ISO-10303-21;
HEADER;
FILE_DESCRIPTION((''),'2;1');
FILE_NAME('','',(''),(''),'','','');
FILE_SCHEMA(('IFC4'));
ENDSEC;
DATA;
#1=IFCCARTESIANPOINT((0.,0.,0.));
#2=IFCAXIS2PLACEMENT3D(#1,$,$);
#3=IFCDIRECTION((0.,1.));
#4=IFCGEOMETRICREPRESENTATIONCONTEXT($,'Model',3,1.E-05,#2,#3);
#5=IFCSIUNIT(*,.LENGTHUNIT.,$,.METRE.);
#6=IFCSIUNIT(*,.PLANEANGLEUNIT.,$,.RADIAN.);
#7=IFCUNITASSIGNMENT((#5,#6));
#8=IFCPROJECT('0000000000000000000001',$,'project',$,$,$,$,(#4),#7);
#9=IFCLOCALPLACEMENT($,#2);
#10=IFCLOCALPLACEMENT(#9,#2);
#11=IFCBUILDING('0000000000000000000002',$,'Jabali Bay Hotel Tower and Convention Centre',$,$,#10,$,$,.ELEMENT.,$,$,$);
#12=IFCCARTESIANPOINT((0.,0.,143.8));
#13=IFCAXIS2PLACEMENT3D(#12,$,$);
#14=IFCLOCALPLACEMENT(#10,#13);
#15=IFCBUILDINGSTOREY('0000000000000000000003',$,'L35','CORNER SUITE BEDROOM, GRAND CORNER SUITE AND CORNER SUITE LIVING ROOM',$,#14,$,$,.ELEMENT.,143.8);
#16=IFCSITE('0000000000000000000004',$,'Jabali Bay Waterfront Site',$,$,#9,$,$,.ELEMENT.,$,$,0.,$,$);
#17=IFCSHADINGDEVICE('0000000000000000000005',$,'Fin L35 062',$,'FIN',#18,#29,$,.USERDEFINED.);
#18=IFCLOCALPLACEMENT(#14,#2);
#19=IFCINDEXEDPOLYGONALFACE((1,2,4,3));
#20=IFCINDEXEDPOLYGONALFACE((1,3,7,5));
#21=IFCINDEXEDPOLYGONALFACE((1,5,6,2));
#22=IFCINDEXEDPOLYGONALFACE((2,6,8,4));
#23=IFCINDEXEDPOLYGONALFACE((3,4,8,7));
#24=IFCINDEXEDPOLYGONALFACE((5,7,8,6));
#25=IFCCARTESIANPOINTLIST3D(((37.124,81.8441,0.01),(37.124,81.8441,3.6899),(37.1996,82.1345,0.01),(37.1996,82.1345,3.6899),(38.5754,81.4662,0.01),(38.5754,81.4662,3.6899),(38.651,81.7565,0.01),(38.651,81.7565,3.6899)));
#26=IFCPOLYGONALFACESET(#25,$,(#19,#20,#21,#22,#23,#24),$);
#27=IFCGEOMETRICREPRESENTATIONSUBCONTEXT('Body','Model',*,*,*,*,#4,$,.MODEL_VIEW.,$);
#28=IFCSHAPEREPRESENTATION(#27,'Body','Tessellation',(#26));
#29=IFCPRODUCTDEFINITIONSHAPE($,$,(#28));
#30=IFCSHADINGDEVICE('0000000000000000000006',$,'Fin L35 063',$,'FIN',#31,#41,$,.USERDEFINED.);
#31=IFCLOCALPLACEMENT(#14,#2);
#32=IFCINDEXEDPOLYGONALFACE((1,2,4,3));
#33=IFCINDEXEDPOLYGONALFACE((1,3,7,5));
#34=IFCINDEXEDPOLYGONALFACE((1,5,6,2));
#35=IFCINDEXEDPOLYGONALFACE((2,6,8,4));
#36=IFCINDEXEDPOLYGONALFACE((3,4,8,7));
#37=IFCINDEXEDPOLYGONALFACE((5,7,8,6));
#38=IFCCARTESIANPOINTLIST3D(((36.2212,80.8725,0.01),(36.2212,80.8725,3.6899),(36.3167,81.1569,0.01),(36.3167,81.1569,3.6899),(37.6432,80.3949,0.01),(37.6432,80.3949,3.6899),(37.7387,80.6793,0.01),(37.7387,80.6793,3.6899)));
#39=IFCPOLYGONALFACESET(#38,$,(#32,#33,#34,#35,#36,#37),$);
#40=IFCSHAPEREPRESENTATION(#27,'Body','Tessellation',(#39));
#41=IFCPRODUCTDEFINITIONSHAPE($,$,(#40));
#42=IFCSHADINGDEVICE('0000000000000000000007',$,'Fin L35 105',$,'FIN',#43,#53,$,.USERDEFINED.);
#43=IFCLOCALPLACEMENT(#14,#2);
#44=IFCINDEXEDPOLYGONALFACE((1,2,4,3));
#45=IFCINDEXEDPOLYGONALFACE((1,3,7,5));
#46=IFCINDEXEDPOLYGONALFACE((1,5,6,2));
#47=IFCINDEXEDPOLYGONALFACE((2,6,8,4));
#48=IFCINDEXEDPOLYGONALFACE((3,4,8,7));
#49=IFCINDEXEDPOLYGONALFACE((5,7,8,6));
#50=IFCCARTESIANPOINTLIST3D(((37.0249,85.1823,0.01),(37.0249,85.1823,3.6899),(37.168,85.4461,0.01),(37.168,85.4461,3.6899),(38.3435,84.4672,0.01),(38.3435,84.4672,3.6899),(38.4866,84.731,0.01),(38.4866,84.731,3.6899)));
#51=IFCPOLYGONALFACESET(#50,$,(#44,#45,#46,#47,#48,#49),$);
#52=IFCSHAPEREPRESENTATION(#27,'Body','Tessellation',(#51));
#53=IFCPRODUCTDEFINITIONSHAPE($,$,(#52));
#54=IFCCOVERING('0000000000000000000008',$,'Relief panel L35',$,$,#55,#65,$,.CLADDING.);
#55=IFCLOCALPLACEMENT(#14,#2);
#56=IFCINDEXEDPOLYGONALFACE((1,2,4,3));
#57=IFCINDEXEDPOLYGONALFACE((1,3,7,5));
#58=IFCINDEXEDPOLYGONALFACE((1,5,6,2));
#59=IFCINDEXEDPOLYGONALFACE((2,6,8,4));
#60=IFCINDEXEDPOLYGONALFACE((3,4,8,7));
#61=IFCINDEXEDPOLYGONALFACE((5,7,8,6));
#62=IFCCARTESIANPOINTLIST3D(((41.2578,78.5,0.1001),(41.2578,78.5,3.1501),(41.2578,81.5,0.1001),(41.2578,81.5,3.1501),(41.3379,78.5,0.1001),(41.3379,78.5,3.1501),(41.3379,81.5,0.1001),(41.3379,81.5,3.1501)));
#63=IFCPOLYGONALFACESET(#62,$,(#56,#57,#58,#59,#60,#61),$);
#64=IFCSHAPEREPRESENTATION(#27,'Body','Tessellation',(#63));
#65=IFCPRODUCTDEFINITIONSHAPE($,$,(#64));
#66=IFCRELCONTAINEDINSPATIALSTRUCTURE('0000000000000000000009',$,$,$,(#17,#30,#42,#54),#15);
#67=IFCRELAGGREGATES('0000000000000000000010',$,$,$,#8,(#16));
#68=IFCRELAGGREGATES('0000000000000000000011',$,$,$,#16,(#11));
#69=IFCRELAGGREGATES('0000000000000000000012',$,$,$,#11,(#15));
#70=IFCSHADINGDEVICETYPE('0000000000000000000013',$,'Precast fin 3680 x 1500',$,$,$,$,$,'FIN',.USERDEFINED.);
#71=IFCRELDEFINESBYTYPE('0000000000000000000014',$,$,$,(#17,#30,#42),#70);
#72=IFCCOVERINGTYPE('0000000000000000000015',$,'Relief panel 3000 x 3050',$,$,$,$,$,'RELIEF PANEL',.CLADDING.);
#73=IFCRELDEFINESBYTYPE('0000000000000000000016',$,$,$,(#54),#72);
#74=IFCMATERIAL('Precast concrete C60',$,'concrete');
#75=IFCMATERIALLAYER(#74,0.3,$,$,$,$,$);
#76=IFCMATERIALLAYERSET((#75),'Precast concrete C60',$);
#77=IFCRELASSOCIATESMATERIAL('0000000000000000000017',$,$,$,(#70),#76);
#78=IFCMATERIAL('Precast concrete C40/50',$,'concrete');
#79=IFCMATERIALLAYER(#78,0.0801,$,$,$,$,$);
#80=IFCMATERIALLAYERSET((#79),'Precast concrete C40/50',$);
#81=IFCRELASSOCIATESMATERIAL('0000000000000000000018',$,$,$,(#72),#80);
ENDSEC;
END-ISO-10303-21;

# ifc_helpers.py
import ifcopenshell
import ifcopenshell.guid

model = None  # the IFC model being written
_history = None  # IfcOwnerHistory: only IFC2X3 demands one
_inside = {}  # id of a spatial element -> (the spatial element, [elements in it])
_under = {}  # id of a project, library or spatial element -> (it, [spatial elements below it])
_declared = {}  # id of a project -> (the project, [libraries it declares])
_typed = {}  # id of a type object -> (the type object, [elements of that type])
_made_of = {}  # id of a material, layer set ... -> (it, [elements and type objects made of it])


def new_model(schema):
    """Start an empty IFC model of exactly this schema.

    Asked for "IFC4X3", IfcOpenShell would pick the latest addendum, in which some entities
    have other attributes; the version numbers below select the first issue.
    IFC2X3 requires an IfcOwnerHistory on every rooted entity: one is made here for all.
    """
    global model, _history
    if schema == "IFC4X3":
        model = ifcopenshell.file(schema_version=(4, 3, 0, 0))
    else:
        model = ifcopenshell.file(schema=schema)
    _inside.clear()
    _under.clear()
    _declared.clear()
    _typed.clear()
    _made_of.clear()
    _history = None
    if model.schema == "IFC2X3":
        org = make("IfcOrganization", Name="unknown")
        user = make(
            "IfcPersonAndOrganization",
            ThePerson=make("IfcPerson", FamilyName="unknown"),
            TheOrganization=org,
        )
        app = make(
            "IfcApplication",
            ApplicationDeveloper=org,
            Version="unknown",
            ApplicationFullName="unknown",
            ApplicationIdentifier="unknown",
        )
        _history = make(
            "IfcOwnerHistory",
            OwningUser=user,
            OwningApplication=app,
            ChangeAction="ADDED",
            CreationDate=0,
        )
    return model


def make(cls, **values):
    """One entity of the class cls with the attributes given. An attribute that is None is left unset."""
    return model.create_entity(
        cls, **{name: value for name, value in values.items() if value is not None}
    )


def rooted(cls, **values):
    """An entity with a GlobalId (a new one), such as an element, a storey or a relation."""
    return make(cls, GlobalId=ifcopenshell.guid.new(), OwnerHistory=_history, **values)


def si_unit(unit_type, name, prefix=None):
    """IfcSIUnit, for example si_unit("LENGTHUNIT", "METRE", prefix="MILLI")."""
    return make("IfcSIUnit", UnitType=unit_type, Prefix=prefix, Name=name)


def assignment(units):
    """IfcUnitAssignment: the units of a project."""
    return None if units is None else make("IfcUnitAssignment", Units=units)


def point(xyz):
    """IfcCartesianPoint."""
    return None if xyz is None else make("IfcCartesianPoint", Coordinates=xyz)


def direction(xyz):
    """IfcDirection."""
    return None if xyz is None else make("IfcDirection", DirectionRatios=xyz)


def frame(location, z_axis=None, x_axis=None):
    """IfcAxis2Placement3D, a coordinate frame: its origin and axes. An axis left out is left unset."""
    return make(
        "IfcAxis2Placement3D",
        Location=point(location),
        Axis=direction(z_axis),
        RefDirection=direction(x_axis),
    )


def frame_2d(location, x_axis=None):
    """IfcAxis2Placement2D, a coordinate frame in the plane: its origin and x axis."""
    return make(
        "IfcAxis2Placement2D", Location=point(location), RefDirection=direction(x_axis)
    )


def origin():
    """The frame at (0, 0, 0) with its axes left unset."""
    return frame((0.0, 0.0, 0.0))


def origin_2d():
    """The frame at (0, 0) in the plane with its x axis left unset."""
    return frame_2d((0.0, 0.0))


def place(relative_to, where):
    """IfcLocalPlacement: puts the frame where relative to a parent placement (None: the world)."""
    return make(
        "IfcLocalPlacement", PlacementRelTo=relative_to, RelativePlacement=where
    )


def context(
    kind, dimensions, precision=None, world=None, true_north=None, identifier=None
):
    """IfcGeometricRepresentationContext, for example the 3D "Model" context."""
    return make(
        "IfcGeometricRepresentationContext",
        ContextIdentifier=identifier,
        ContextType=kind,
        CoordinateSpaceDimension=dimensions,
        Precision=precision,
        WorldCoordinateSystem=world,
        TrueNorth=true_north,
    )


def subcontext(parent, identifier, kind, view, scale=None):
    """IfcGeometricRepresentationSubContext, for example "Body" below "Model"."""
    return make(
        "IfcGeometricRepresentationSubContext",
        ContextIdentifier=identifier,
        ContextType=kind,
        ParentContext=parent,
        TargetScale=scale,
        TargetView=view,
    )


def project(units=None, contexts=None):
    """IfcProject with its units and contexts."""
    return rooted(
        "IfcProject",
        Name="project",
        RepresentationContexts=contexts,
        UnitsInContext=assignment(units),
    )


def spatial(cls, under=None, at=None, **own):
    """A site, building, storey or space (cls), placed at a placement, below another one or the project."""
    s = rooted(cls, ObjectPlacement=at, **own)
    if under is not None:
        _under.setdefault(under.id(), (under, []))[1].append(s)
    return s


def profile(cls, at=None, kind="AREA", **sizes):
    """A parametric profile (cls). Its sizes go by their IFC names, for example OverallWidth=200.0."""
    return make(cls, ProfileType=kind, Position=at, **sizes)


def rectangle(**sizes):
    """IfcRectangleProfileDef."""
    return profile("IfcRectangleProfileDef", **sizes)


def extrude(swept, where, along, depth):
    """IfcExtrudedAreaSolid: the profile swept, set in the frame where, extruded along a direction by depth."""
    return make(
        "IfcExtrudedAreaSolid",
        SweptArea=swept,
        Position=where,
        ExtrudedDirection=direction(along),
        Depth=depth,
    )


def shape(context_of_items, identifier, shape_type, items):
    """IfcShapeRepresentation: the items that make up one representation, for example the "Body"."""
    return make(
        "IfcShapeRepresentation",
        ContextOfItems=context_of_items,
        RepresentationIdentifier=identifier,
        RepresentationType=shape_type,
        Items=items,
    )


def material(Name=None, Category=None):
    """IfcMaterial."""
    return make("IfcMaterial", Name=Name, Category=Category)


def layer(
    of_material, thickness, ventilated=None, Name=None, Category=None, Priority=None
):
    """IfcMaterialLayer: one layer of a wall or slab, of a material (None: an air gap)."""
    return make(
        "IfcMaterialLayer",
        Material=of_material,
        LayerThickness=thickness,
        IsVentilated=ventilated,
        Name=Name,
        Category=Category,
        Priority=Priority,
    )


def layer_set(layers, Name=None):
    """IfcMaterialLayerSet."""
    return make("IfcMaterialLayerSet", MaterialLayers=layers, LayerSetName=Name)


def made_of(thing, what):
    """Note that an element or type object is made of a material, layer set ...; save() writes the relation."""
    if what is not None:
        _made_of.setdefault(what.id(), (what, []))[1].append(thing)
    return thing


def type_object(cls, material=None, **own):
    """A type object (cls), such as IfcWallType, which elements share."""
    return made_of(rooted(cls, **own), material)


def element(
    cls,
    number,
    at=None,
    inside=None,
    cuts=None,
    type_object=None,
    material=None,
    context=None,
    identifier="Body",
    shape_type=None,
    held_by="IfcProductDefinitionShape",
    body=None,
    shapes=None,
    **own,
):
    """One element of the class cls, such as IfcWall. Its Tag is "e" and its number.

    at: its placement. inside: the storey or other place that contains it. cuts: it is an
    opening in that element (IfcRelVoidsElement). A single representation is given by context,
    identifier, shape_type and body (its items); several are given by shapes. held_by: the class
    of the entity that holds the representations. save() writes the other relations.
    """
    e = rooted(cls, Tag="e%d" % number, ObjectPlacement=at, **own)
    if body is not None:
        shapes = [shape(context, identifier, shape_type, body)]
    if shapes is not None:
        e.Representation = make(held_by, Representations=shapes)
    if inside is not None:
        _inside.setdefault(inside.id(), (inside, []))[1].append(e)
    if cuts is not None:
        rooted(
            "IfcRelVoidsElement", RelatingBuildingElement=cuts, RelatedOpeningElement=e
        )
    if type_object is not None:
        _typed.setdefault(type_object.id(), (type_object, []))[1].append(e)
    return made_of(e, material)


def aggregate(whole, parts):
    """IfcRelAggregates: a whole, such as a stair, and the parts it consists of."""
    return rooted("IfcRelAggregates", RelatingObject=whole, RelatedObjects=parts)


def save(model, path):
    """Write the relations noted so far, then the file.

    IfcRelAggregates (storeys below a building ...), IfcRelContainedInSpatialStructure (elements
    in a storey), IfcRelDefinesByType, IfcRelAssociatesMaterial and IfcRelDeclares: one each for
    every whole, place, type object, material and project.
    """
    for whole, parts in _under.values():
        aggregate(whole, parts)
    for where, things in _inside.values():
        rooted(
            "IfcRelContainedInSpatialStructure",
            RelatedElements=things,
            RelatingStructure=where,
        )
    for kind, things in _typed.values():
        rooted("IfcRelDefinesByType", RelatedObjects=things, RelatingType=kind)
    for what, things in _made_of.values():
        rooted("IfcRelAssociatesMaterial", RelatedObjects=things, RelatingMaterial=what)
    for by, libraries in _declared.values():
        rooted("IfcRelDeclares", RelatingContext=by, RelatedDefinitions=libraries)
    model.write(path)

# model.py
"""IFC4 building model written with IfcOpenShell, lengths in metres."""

from ifc_helpers import new_model, si_unit, direction, frame, frame_2d, origin, origin_2d, place, context, subcontext, project, spatial, rectangle, extrude, material, layer, layer_set, type_object, element, save


model = new_model("IFC4")

# Units and contexts
model_context = context("Model", 3, precision=1e-05, world=origin(), true_north=direction((0.0, 1.0)))
body_context = subcontext(model_context, "Body", "Model", "MODEL_VIEW")
ifc_project = project(units=[si_unit("LENGTHUNIT", "METRE"), si_unit("PLANEANGLEUNIT", "RADIAN")], contexts=[model_context])

# Site, building, storey
site_placement = place(None, origin())
site = spatial("IfcSite", under=ifc_project, at=site_placement, Name="Jabali Bay Waterfront Site", CompositionType="ELEMENT", RefElevation=0.0)
building_placement = place(site_placement, origin())
building = spatial("IfcBuilding", under=site, at=building_placement, Name="Jabali Bay Hotel Tower and Convention Centre", CompositionType="ELEMENT")
storey_placement = place(building_placement, frame((0.0, 0.0, 143.8)))
storey = spatial("IfcBuildingStorey", under=building, at=storey_placement, Name="L35", Description="CORNER SUITE BEDROOM, GRAND CORNER SUITE AND CORNER SUITE LIVING ROOM", CompositionType="ELEMENT", Elevation=143.8)

# Shading devices
ifc_material_1 = material(Name="Precast concrete C60", Category="concrete")
ifc_layer_1 = layer(ifc_material_1, 0.3)
ifc_layer_set_1 = layer_set([ifc_layer_1], Name="Precast concrete C60")
shading_device_type = type_object("IfcShadingDeviceType", Name="Precast fin 3680 x 1500", ElementType="FIN", PredefinedType="USERDEFINED", material=ifc_layer_set_1)
shading_device_1_placement = place(storey_placement, frame((38.6133, 81.6113, 0.01), z_axis=(0.0, 0.0, 1.0), x_axis=(-0.967731, 0.251985, 0.0)))
element("IfcShadingDevice", 1, at=shading_device_1_placement, inside=storey, type_object=shading_device_type, Name="Fin L35 062", ObjectType="FIN", PredefinedType="USERDEFINED", context=body_context, shape_type="SweptSolid", body=[
    extrude(rectangle(XDim=1.4998, YDim=0.3, at=frame_2d((0.75, 0.0))), origin(), (0.0, 0.0, 1.0), 3.6799),
])
for number, where, z_axis, x_axis, name in (
    (2, (37.6909, 80.5371, 0.01), (0.0, 0.0, 1.0), (-0.947965, 0.318376, 0.0), "Fin L35 063"),
    (3, (38.415, 84.5991, 0.01), (0.0, 0.0, 1.0), (-0.879056, 0.476718, 0.0), "Fin L35 105"),
):
    element("IfcShadingDevice", number, at=place(storey_placement, frame(where, z_axis=z_axis, x_axis=x_axis)), inside=storey, type_object=shading_device_type, Name=name, ObjectType="FIN", PredefinedType="USERDEFINED", context=body_context, shape_type="SweptSolid", body=[
        extrude(rectangle(XDim=1.5, YDim=0.3, at=frame_2d((0.75, 0.0))), origin(), (0.0, 0.0, 1.0), 3.6799),
    ])

# Covering
ifc_material_2 = material(Name="Precast concrete C40/50", Category="concrete")
ifc_layer_2 = layer(ifc_material_2, 0.0801)
ifc_layer_set_2 = layer_set([ifc_layer_2], Name="Precast concrete C40/50")
covering_type = type_object("IfcCoveringType", Name="Relief panel 3000 x 3050", ElementType="RELIEF PANEL", PredefinedType="CLADDING", material=ifc_layer_set_2)
covering_placement = place(storey_placement, frame((41.2979, 80.0, 0.1001), z_axis=(0.0, 0.0, 1.0), x_axis=(0.0, 1.0, 0.0)))
element("IfcCovering", 4, at=covering_placement, inside=storey, type_object=covering_type, Name="Relief panel L35", PredefinedType="CLADDING", context=body_context, shape_type="SweptSolid", body=[
    extrude(rectangle(XDim=3.0, YDim=0.0801, at=origin_2d()), origin(), (0.0, 0.0, 1.0), 3.05),
])

save(model, "model.ifc")
